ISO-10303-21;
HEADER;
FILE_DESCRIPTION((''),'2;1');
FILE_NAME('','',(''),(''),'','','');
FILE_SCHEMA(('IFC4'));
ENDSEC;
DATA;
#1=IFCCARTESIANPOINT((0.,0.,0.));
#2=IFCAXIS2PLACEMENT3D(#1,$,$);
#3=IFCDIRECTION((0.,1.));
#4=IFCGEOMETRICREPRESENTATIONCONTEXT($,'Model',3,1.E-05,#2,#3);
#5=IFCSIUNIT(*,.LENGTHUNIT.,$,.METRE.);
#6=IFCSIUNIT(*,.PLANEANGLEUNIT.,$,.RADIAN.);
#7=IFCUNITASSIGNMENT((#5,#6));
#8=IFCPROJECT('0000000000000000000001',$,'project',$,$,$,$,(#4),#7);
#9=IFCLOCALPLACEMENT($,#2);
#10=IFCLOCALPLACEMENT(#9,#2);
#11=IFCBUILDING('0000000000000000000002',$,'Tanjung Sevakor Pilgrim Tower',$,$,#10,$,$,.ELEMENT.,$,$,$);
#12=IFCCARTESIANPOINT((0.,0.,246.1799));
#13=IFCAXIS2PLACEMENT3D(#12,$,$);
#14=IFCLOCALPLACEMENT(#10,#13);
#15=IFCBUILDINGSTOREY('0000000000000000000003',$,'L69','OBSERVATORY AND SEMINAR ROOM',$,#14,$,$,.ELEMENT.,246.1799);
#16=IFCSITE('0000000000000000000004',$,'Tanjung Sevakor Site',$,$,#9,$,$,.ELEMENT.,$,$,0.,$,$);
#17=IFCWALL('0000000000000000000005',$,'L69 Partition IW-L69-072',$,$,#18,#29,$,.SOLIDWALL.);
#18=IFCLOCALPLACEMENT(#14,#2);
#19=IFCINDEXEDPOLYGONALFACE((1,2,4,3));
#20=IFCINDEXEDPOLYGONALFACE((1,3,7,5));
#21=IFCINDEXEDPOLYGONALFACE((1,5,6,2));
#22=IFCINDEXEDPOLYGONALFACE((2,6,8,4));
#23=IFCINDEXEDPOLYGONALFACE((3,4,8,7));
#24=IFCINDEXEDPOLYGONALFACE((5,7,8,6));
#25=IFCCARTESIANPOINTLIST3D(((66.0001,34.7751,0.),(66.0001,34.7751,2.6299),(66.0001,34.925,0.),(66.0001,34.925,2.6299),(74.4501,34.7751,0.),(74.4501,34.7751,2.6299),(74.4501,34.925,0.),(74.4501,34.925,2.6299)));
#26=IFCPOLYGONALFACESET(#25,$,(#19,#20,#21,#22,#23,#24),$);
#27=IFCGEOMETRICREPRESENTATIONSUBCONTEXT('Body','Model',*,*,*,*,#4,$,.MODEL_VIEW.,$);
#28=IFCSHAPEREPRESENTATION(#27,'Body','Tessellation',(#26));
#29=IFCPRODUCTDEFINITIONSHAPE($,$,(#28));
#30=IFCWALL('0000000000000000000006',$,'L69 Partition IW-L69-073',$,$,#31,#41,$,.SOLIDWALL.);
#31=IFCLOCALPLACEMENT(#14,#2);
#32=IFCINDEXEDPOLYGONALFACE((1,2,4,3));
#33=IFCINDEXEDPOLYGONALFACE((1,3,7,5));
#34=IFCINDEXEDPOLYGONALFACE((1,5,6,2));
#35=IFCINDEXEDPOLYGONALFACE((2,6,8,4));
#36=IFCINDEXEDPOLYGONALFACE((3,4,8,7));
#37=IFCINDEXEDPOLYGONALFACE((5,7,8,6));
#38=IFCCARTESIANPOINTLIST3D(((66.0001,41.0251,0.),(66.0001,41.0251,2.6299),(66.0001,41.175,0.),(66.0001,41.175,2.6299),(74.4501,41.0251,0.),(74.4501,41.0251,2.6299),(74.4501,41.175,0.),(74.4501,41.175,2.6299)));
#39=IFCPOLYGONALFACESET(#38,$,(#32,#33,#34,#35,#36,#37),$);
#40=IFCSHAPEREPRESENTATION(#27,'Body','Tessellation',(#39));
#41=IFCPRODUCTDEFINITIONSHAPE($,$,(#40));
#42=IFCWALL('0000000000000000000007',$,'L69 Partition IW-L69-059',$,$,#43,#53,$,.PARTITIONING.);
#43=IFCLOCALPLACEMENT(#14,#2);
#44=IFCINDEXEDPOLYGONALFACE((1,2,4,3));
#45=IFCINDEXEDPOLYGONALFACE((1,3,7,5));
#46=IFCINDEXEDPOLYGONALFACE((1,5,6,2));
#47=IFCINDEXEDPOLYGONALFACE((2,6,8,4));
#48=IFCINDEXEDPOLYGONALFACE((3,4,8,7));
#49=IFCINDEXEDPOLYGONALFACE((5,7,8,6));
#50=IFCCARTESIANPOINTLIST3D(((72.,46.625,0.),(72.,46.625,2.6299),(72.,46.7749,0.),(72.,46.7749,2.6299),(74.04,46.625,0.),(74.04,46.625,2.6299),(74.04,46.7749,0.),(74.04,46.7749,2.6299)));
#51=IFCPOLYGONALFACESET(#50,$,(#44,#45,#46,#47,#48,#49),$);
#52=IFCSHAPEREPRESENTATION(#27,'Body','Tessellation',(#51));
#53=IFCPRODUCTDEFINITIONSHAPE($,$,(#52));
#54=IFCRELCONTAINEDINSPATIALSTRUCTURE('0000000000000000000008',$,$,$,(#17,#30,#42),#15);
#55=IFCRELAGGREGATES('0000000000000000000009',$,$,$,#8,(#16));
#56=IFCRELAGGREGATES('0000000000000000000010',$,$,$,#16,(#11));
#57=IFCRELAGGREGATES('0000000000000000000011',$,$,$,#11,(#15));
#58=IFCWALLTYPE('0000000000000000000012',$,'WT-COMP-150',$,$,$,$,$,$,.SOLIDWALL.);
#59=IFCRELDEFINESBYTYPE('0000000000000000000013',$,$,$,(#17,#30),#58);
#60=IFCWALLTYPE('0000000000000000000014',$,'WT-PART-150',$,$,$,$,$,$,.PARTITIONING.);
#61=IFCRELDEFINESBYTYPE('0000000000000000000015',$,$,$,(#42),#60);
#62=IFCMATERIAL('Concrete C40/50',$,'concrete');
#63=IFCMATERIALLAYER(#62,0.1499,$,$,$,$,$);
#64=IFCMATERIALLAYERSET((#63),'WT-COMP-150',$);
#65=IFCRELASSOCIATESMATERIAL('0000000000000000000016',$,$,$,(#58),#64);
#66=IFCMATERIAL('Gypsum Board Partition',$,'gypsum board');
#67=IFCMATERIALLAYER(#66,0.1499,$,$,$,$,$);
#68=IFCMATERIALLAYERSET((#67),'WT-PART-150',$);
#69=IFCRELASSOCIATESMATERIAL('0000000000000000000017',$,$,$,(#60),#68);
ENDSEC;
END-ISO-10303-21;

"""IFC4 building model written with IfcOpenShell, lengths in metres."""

from ifc_helpers import new_model, si_unit, direction, frame, frame_2d, origin, place, context, subcontext, project, spatial, rectangle, extrude, material, layer, layer_set, type_object, element, save


model = new_model("IFC4")

# Units and contexts
model_context = context("Model", 3, precision=1e-05, world=origin(), true_north=direction((0.0, 1.0)))
body_context = subcontext(model_context, "Body", "Model", "MODEL_VIEW")
ifc_project = project(units=[si_unit("LENGTHUNIT", "METRE"), si_unit("PLANEANGLEUNIT", "RADIAN")], contexts=[model_context])

# Site, building, storey
site_placement = place(None, origin())
site = spatial("IfcSite", under=ifc_project, at=site_placement, Name="Tanjung Sevakor Site", CompositionType="ELEMENT", RefElevation=0.0)
building_placement = place(site_placement, origin())
building = spatial("IfcBuilding", under=site, at=building_placement, Name="Tanjung Sevakor Pilgrim Tower", CompositionType="ELEMENT")
storey_placement = place(building_placement, frame((0.0, 0.0, 246.1799)))
storey = spatial("IfcBuildingStorey", under=building, at=storey_placement, Name="L69", Description="OBSERVATORY AND SEMINAR ROOM", CompositionType="ELEMENT", Elevation=246.1799)

# Shared definitions
ifc_material_1 = material(Name="Concrete C40/50", Category="concrete")
ifc_layer_1 = layer(ifc_material_1, 0.1499)
ifc_layer_set_1 = layer_set([ifc_layer_1], Name="WT-COMP-150")
wall_type_1 = type_object("IfcWallType", Name="WT-COMP-150", PredefinedType="SOLIDWALL", material=ifc_layer_set_1)

# Walls
for number, where, z_axis, x_axis, name in (
    (1, (66.0, 34.8501, 0.0), (0.0, 0.0, 1.0), (1.0, 0.0, 0.0), "L69 Partition IW-L69-072"),
    (2, (66.0, 41.1001, 0.0), (0.0, 0.0, 1.0), (1.0, 0.0, 0.0), "L69 Partition IW-L69-073"),
):
    element("IfcWall", number, at=place(storey_placement, frame(where, z_axis=z_axis, x_axis=x_axis)), inside=storey, type_object=wall_type_1, Name=name, PredefinedType="SOLIDWALL", context=body_context, shape_type="SweptSolid", body=[
        extrude(rectangle(XDim=8.45, YDim=0.1499, at=frame_2d((4.2251, 0.0))), origin(), (0.0, 0.0, 1.0), 2.6299),
    ])
ifc_material_2 = material(Name="Gypsum Board Partition", Category="gypsum board")
ifc_layer_2 = layer(ifc_material_2, 0.1499)
ifc_layer_set_2 = layer_set([ifc_layer_2], Name="WT-PART-150")
wall_type_2 = type_object("IfcWallType", Name="WT-PART-150", PredefinedType="PARTITIONING", material=ifc_layer_set_2)
wall_1_placement = place(storey_placement, frame((72.0, 46.7, 0.0), z_axis=(0.0, 0.0, 1.0), x_axis=(1.0, 0.0, 0.0)))
element("IfcWall", 3, at=wall_1_placement, inside=storey, type_object=wall_type_2, Name="L69 Partition IW-L69-059", PredefinedType="PARTITIONING", context=body_context, shape_type="SweptSolid", body=[
    extrude(rectangle(XDim=2.04, YDim=0.1499, at=frame_2d((1.02, 0.0))), origin(), (0.0, 0.0, 1.0), 2.6299),
])

save(model, "model.ifc")
